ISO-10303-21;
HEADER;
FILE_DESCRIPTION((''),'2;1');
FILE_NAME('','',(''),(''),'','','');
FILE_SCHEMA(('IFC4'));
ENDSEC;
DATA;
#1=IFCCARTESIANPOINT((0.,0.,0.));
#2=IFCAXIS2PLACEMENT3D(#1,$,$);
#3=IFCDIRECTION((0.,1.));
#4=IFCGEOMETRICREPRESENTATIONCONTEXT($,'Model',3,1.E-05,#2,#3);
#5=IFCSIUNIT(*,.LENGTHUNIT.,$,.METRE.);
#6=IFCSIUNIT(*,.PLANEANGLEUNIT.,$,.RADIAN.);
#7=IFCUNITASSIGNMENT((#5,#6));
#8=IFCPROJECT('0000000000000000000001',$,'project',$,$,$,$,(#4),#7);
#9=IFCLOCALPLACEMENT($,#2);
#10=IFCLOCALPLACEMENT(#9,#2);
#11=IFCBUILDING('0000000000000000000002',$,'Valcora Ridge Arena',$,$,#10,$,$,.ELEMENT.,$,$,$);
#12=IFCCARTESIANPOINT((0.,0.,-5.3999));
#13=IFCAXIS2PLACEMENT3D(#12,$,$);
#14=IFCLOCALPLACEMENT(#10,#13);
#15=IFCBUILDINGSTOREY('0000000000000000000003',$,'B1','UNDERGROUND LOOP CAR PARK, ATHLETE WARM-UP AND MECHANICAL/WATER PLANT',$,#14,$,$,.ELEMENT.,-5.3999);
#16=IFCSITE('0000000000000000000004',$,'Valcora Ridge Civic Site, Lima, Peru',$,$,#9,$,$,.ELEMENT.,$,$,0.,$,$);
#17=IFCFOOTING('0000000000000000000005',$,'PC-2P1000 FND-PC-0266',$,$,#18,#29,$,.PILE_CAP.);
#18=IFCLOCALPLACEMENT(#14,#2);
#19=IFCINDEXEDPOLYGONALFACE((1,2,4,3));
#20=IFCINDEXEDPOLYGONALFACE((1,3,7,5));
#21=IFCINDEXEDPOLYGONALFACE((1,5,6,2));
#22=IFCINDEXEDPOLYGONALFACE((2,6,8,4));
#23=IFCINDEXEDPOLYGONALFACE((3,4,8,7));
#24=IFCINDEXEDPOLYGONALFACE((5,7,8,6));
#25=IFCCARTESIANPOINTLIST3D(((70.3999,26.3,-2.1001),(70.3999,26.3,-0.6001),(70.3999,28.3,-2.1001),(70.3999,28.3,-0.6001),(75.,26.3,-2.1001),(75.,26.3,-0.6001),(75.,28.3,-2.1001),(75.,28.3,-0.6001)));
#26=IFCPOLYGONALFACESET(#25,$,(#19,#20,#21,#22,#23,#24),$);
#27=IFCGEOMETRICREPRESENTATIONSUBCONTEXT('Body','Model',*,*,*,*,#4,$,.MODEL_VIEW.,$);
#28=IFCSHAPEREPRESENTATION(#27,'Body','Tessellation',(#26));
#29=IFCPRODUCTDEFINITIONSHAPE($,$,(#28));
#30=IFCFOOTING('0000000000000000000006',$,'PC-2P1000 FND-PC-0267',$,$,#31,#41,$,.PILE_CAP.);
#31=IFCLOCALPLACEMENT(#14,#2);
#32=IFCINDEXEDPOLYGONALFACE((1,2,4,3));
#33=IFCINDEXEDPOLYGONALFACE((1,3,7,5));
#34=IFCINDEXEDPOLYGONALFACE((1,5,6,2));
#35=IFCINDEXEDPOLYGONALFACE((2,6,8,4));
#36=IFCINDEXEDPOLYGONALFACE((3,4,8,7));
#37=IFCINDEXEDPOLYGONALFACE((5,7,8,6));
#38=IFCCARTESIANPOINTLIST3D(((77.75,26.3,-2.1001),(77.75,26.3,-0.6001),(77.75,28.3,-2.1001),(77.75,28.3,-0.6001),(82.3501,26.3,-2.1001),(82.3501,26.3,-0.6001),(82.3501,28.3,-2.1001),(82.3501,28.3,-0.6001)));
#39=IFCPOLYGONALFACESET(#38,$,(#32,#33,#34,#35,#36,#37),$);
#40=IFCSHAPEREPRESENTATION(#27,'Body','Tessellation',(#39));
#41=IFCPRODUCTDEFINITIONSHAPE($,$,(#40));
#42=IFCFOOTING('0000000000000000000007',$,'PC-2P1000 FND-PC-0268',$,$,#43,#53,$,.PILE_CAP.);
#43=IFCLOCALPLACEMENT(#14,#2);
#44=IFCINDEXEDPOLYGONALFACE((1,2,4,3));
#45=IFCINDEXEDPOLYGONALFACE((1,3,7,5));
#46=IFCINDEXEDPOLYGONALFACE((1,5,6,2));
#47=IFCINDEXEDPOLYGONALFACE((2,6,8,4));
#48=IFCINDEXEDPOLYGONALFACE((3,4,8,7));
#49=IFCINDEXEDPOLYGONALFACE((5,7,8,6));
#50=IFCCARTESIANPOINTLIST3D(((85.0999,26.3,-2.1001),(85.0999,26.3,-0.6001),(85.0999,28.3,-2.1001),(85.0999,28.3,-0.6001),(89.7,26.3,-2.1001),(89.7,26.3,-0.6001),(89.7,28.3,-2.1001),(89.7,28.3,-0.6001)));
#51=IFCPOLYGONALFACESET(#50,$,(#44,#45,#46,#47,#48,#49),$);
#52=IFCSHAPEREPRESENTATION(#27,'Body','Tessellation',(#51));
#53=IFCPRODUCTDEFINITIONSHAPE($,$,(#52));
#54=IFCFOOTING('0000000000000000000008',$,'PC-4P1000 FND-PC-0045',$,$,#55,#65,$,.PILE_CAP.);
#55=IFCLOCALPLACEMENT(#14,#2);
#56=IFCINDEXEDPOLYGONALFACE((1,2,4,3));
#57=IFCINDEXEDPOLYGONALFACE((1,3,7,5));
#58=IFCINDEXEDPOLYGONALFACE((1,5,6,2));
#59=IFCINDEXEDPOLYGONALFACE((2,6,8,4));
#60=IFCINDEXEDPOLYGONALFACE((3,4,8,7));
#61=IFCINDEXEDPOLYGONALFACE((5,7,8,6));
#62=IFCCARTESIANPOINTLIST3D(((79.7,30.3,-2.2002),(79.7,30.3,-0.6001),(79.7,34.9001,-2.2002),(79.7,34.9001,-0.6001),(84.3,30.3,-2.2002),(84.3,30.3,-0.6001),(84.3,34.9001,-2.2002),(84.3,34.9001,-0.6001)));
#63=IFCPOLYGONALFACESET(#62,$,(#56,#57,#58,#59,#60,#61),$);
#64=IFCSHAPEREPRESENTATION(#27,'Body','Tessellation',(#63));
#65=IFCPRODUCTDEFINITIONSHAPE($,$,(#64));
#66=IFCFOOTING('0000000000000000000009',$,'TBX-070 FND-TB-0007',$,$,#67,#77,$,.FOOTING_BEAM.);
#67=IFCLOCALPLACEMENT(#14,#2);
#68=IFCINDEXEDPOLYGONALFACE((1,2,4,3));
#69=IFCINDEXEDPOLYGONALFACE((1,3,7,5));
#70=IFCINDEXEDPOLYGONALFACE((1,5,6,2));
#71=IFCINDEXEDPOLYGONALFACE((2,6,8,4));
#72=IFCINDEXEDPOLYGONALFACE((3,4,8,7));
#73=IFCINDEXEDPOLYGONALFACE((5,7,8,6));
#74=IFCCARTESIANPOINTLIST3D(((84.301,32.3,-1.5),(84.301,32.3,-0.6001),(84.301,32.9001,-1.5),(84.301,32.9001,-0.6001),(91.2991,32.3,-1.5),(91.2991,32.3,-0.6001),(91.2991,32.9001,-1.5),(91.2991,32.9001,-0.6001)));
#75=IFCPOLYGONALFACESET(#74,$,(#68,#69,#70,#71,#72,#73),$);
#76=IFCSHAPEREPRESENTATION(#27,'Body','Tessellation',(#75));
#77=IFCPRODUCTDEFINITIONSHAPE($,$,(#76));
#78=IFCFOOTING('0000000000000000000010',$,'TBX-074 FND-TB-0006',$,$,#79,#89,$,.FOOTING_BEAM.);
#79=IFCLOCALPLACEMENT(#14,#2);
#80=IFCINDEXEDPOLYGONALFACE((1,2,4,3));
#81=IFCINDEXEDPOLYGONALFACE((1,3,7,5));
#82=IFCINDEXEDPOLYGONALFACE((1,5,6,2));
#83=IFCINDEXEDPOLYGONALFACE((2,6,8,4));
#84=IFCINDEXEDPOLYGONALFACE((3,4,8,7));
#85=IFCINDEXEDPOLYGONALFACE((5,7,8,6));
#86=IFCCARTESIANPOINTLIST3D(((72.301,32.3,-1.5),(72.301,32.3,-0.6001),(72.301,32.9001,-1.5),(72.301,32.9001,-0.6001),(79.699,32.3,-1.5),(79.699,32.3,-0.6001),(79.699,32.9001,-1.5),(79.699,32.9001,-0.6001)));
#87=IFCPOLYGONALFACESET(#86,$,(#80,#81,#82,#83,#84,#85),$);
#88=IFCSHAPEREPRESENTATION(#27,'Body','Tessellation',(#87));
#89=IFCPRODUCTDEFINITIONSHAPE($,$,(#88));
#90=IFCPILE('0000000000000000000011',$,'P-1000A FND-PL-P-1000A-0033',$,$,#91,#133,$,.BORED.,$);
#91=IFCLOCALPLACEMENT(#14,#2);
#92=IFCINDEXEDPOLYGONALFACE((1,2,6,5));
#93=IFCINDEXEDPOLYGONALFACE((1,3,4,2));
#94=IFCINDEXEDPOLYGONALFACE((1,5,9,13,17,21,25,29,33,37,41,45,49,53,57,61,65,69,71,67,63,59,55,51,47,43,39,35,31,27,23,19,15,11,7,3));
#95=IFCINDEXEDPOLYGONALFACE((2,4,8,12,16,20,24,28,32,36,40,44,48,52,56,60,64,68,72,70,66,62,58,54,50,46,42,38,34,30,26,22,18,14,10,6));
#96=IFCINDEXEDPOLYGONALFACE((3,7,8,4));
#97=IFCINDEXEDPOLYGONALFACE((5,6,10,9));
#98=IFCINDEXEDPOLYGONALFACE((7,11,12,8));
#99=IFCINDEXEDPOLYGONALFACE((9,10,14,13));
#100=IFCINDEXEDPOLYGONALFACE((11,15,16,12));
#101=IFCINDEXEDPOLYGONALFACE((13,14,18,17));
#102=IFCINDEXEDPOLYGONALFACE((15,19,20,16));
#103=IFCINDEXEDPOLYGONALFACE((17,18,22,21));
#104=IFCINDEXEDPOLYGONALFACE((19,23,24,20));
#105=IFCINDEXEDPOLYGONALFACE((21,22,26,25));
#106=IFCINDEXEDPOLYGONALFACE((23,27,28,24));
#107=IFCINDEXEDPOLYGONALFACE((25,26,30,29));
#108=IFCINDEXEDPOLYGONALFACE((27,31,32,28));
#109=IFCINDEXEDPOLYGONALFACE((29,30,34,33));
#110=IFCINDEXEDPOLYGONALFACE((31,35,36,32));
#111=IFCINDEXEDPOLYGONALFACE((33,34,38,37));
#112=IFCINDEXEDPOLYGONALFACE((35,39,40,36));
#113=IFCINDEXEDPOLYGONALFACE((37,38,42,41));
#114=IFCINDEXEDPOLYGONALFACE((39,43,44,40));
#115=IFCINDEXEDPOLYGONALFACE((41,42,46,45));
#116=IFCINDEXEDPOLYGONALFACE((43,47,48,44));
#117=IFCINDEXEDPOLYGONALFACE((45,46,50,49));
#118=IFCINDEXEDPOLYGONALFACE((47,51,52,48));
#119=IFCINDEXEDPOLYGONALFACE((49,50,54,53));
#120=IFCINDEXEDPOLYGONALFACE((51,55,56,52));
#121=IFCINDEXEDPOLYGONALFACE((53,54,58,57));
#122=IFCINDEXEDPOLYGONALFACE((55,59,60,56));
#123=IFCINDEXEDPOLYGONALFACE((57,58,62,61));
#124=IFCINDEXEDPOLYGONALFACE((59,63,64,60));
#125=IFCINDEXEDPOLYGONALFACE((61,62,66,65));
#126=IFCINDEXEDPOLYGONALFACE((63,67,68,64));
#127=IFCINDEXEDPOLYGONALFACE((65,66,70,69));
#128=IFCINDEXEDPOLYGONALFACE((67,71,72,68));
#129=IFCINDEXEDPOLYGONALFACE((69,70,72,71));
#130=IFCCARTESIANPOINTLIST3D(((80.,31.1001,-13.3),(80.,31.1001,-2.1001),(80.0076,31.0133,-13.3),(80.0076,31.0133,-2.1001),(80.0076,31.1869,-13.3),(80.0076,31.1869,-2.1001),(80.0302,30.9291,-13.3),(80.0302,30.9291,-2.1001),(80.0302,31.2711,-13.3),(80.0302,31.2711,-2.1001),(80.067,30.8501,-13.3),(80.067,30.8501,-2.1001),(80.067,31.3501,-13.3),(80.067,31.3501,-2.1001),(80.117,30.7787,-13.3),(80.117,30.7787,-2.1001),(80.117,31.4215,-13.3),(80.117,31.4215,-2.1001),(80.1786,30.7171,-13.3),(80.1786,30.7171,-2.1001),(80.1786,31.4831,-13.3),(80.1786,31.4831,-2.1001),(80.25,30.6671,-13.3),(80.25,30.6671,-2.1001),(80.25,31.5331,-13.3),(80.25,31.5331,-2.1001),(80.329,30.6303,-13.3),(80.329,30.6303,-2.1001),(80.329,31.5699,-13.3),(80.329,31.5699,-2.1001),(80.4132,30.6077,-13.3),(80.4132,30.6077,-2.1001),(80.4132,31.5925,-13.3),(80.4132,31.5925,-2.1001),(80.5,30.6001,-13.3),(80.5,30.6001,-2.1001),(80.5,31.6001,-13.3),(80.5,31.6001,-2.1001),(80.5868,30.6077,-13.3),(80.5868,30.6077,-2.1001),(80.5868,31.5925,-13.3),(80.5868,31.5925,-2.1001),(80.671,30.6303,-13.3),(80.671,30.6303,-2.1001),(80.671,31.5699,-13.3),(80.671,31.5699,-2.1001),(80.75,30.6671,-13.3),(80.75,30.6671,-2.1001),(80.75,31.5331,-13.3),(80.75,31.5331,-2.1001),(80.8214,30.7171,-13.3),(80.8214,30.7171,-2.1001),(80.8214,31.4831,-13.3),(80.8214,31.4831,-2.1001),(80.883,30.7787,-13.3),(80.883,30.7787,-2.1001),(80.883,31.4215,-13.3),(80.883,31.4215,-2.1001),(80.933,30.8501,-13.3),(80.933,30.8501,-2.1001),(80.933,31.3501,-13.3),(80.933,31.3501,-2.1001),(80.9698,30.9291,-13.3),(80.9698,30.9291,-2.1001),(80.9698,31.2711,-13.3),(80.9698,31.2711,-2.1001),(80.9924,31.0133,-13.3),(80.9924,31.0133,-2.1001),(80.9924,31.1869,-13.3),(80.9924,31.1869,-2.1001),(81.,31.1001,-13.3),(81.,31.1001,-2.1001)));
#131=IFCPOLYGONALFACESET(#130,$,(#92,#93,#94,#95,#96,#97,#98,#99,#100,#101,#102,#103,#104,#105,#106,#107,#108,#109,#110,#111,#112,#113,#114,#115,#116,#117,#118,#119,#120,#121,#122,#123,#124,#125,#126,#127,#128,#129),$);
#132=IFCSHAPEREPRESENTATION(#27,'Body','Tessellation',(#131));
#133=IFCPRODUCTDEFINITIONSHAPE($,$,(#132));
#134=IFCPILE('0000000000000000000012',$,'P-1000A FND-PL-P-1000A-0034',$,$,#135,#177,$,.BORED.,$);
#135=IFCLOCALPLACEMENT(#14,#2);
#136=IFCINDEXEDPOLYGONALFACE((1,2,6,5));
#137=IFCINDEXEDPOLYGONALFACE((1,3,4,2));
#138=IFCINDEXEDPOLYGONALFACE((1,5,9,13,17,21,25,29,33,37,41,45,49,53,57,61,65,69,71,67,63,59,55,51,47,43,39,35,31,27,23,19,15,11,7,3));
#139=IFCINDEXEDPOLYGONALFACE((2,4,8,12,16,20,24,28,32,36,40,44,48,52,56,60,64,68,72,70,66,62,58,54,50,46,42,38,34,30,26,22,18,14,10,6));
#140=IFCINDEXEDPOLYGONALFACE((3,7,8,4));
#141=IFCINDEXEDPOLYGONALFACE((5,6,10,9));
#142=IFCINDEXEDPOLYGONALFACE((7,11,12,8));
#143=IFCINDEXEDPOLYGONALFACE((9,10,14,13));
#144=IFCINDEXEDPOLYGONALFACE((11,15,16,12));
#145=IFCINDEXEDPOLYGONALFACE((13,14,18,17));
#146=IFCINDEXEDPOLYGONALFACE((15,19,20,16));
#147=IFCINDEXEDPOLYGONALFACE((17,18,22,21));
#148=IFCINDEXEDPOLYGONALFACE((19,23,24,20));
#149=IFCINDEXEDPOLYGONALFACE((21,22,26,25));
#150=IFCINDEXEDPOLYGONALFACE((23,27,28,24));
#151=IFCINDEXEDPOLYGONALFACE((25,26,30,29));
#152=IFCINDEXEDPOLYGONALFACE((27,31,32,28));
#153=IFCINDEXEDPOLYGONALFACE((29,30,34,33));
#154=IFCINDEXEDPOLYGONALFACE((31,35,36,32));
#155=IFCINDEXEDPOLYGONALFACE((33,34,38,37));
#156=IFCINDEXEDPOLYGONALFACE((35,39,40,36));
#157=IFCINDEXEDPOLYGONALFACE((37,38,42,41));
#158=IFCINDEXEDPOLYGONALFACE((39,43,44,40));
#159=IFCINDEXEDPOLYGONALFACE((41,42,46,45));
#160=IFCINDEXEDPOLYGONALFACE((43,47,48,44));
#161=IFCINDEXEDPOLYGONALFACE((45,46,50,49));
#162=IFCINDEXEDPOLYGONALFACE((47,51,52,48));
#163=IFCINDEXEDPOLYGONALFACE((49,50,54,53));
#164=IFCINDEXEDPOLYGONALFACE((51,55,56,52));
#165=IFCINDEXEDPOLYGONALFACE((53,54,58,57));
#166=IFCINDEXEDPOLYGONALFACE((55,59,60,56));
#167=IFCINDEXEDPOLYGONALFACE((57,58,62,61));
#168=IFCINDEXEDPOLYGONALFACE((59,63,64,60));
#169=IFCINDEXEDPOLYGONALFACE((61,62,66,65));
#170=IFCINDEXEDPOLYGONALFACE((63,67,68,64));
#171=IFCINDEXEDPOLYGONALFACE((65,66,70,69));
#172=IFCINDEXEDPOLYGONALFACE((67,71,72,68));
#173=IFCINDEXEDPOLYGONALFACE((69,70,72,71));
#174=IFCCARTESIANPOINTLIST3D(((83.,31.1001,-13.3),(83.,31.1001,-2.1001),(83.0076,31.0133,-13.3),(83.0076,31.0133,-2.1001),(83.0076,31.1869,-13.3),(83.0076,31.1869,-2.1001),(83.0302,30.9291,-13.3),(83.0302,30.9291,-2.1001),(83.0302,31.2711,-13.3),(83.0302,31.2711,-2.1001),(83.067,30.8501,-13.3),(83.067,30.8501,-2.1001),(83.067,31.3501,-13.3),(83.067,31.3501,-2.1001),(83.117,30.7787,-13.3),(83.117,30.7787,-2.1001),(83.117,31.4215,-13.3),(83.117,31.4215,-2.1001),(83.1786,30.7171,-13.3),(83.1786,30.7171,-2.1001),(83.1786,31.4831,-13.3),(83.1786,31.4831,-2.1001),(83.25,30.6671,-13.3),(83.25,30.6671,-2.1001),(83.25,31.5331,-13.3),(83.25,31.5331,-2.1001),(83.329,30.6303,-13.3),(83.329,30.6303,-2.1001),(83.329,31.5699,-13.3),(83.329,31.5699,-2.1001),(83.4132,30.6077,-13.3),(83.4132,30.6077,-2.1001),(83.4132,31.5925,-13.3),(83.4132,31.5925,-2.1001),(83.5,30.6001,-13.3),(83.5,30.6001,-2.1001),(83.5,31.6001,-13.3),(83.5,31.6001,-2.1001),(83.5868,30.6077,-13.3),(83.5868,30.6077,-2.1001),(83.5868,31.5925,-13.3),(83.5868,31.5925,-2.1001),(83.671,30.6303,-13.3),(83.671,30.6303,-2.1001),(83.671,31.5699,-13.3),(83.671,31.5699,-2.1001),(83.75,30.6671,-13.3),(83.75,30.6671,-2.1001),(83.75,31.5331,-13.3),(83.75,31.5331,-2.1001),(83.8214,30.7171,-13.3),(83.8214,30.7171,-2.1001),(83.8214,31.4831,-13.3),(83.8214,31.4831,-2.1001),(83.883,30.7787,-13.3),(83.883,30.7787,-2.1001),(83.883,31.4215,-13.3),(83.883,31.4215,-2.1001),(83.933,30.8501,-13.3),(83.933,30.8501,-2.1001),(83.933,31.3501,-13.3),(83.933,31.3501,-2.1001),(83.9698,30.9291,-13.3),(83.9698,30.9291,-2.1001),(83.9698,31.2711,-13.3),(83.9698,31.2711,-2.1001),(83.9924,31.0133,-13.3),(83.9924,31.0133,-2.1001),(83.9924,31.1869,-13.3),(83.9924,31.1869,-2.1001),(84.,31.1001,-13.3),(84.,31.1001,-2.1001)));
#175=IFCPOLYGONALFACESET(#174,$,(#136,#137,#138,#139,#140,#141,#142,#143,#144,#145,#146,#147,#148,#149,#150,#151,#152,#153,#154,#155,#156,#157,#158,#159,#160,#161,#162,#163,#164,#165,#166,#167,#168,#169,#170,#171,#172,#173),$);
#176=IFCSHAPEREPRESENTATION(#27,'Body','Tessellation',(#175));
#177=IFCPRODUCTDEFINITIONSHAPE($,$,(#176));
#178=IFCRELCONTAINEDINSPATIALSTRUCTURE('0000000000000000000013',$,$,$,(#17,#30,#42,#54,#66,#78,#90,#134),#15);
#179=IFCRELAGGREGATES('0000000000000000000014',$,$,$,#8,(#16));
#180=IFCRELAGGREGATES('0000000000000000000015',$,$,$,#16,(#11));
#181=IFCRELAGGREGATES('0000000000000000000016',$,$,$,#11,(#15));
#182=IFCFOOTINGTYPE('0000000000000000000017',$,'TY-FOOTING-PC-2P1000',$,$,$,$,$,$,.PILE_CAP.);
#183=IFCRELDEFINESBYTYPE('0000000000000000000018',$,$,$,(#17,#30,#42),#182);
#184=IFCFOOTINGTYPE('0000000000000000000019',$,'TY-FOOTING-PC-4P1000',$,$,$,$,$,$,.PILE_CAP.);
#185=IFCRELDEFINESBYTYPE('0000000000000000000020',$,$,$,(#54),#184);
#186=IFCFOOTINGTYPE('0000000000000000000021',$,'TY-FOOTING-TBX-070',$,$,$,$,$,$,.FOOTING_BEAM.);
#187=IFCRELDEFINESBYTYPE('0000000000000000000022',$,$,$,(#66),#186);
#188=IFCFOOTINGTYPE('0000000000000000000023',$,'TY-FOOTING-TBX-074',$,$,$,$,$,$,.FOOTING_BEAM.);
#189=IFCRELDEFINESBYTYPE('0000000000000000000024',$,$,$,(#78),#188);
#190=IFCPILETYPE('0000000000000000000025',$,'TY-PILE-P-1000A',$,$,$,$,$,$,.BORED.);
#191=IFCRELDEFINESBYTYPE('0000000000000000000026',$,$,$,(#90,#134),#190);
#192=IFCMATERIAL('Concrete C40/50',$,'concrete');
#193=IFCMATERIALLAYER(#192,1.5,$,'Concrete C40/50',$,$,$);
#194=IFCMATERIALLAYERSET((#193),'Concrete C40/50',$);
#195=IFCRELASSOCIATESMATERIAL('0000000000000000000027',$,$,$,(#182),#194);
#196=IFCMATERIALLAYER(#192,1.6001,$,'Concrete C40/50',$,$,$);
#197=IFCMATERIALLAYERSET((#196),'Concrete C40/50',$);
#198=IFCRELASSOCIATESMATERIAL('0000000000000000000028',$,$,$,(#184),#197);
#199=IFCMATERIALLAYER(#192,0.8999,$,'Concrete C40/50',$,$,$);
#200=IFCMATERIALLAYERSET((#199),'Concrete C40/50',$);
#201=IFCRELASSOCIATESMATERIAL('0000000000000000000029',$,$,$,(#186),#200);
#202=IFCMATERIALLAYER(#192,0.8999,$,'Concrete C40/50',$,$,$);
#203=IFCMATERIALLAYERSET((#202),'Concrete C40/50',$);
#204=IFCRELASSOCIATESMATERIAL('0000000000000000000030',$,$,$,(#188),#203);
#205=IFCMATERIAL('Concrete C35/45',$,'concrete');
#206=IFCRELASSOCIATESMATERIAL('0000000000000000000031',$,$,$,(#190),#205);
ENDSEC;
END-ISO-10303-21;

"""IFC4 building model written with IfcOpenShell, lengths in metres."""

from ifc_helpers import new_model, si_unit, direction, frame, origin, origin_2d, place, context, subcontext, project, spatial, rectangle, circle, extrude, material, layer, layer_set, material_profile, profile_set, type_object, element, save


model = new_model("IFC4")

# Units and contexts
model_context = context("Model", 3, precision=1e-05, world=origin(), true_north=direction((0.0, 1.0)))
body_context = subcontext(model_context, "Body", "Model", "MODEL_VIEW")
ifc_project = project(units=[si_unit("LENGTHUNIT", "METRE"), si_unit("PLANEANGLEUNIT", "RADIAN")], contexts=[model_context])

# Site, building, storey
site_placement = place(None, origin())
site = spatial("IfcSite", under=ifc_project, at=site_placement, Name="Valcora Ridge Civic Site, Lima, Peru", CompositionType="ELEMENT", RefElevation=0.0)
building_placement = place(site_placement, origin())
building = spatial("IfcBuilding", under=site, at=building_placement, Name="Valcora Ridge Arena", CompositionType="ELEMENT")
storey_placement = place(building_placement, frame((0.0, 0.0, -5.3999)))
storey = spatial("IfcBuildingStorey", under=building, at=storey_placement, Name="B1", Description="UNDERGROUND LOOP CAR PARK, ATHLETE WARM-UP AND MECHANICAL/WATER PLANT", CompositionType="ELEMENT", Elevation=-5.3999)

# Footings
ifc_material_1 = material(Name="Concrete C40/50", Category="concrete")
ifc_layer_1 = layer(ifc_material_1, 1.5, Name="Concrete C40/50")
ifc_layer_set_1 = layer_set([ifc_layer_1], Name="Concrete C40/50")
footing_type_1 = type_object("IfcFootingType", Name="TY-FOOTING-PC-2P1000", PredefinedType="PILE_CAP", material=ifc_layer_set_1)
for number, where, z_axis, x_axis, name in (
    (1, (72.7, 27.3, -2.1001), (0.0, 0.0, 1.0), (1.0, 0.0, 0.0), "PC-2P1000 FND-PC-0266"),
    (2, (80.05, 27.3, -2.1001), (0.0, 0.0, 1.0), (1.0, 0.0, 0.0), "PC-2P1000 FND-PC-0267"),
    (3, (87.3999, 27.3, -2.1001), (0.0, 0.0, 1.0), (1.0, 0.0, 0.0), "PC-2P1000 FND-PC-0268"),
):
    element("IfcFooting", number, at=place(storey_placement, frame(where, z_axis=z_axis, x_axis=x_axis)), inside=storey, type_object=footing_type_1, Name=name, PredefinedType="PILE_CAP", context=body_context, shape_type="SweptSolid", body=[
        extrude(rectangle(XDim=4.6001, YDim=2.0, at=origin_2d()), origin(), (0.0, 0.0, 1.0), 1.5),
    ])
ifc_layer_2 = layer(ifc_material_1, 1.6001, Name="Concrete C40/50")
ifc_layer_set_2 = layer_set([ifc_layer_2], Name="Concrete C40/50")
footing_type_2 = type_object("IfcFootingType", Name="TY-FOOTING-PC-4P1000", PredefinedType="PILE_CAP", material=ifc_layer_set_2)
footing_1_placement = place(storey_placement, frame((82.0, 32.6001, -2.2002), z_axis=(0.0, 0.0, 1.0), x_axis=(1.0, 0.0, 0.0)))
element("IfcFooting", 4, at=footing_1_placement, inside=storey, type_object=footing_type_2, Name="PC-4P1000 FND-PC-0045", PredefinedType="PILE_CAP", context=body_context, shape_type="SweptSolid", body=[
    extrude(rectangle(XDim=4.6001, YDim=4.6001, at=origin_2d()), origin(), (0.0, 0.0, 1.0), 1.6001),
])
ifc_layer_3 = layer(ifc_material_1, 0.8999, Name="Concrete C40/50")
ifc_layer_set_3 = layer_set([ifc_layer_3], Name="Concrete C40/50")
footing_type_3 = type_object("IfcFootingType", Name="TY-FOOTING-TBX-070", PredefinedType="FOOTING_BEAM", material=ifc_layer_set_3)
footing_2_placement = place(storey_placement, frame((87.8, 32.6001, -1.5), z_axis=(0.0, 0.0, 1.0), x_axis=(1.0, 0.0, 0.0)))
element("IfcFooting", 5, at=footing_2_placement, inside=storey, type_object=footing_type_3, Name="TBX-070 FND-TB-0007", PredefinedType="FOOTING_BEAM", context=body_context, shape_type="SweptSolid", body=[
    extrude(rectangle(XDim=6.998, YDim=0.6001, at=origin_2d()), origin(), (0.0, 0.0, 1.0), 0.8999),
])
ifc_layer_4 = layer(ifc_material_1, 0.8999, Name="Concrete C40/50")
ifc_layer_set_4 = layer_set([ifc_layer_4], Name="Concrete C40/50")
footing_type_4 = type_object("IfcFootingType", Name="TY-FOOTING-TBX-074", PredefinedType="FOOTING_BEAM", material=ifc_layer_set_4)
footing_3_placement = place(storey_placement, frame((76.0, 32.6001, -1.5), z_axis=(0.0, 0.0, 1.0), x_axis=(1.0, 0.0, 0.0)))
element("IfcFooting", 6, at=footing_3_placement, inside=storey, type_object=footing_type_4, Name="TBX-074 FND-TB-0006", PredefinedType="FOOTING_BEAM", context=body_context, shape_type="SweptSolid", body=[
    extrude(rectangle(XDim=7.3979, YDim=0.6001, at=origin_2d()), origin(), (0.0, 0.0, 1.0), 0.8999),
])

# Piles
ifc_material_2 = material(Name="Concrete C35/45", Category="concrete")
ifc_material_profile_1 = material_profile(ifc_material_2, circle(Radius=0.5, at=origin_2d()), Name="BORED PILE D1000")
ifc_profile_set_1 = profile_set([ifc_material_profile_1], Name="Concrete C35/45")
pile_type_1 = type_object("IfcPileType", Name="TY-PILE-P-1000A", PredefinedType="BORED", material=ifc_profile_set_1)
for number, where, z_axis, x_axis, name in (
    (7, (80.5, 31.1001, -2.1001), (0.0, 0.0, -1.0), (1.0, 0.0, 0.0), "P-1000A FND-PL-P-1000A-0033"),
    (8, (83.5, 31.1001, -2.1001), (0.0, 0.0, -1.0), (1.0, 0.0, 0.0), "P-1000A FND-PL-P-1000A-0034"),
):
    element("IfcPile", number, at=place(storey_placement, frame(where, z_axis=z_axis, x_axis=x_axis)), inside=storey, type_object=pile_type_1, Name=name, PredefinedType="BORED", context=body_context, shape_type="SweptSolid", body=[
        extrude(circle(Radius=0.5, at=origin_2d()), origin(), (0.0, 0.0, 1.0), 11.2),
    ])

save(model, "model.ifc")
